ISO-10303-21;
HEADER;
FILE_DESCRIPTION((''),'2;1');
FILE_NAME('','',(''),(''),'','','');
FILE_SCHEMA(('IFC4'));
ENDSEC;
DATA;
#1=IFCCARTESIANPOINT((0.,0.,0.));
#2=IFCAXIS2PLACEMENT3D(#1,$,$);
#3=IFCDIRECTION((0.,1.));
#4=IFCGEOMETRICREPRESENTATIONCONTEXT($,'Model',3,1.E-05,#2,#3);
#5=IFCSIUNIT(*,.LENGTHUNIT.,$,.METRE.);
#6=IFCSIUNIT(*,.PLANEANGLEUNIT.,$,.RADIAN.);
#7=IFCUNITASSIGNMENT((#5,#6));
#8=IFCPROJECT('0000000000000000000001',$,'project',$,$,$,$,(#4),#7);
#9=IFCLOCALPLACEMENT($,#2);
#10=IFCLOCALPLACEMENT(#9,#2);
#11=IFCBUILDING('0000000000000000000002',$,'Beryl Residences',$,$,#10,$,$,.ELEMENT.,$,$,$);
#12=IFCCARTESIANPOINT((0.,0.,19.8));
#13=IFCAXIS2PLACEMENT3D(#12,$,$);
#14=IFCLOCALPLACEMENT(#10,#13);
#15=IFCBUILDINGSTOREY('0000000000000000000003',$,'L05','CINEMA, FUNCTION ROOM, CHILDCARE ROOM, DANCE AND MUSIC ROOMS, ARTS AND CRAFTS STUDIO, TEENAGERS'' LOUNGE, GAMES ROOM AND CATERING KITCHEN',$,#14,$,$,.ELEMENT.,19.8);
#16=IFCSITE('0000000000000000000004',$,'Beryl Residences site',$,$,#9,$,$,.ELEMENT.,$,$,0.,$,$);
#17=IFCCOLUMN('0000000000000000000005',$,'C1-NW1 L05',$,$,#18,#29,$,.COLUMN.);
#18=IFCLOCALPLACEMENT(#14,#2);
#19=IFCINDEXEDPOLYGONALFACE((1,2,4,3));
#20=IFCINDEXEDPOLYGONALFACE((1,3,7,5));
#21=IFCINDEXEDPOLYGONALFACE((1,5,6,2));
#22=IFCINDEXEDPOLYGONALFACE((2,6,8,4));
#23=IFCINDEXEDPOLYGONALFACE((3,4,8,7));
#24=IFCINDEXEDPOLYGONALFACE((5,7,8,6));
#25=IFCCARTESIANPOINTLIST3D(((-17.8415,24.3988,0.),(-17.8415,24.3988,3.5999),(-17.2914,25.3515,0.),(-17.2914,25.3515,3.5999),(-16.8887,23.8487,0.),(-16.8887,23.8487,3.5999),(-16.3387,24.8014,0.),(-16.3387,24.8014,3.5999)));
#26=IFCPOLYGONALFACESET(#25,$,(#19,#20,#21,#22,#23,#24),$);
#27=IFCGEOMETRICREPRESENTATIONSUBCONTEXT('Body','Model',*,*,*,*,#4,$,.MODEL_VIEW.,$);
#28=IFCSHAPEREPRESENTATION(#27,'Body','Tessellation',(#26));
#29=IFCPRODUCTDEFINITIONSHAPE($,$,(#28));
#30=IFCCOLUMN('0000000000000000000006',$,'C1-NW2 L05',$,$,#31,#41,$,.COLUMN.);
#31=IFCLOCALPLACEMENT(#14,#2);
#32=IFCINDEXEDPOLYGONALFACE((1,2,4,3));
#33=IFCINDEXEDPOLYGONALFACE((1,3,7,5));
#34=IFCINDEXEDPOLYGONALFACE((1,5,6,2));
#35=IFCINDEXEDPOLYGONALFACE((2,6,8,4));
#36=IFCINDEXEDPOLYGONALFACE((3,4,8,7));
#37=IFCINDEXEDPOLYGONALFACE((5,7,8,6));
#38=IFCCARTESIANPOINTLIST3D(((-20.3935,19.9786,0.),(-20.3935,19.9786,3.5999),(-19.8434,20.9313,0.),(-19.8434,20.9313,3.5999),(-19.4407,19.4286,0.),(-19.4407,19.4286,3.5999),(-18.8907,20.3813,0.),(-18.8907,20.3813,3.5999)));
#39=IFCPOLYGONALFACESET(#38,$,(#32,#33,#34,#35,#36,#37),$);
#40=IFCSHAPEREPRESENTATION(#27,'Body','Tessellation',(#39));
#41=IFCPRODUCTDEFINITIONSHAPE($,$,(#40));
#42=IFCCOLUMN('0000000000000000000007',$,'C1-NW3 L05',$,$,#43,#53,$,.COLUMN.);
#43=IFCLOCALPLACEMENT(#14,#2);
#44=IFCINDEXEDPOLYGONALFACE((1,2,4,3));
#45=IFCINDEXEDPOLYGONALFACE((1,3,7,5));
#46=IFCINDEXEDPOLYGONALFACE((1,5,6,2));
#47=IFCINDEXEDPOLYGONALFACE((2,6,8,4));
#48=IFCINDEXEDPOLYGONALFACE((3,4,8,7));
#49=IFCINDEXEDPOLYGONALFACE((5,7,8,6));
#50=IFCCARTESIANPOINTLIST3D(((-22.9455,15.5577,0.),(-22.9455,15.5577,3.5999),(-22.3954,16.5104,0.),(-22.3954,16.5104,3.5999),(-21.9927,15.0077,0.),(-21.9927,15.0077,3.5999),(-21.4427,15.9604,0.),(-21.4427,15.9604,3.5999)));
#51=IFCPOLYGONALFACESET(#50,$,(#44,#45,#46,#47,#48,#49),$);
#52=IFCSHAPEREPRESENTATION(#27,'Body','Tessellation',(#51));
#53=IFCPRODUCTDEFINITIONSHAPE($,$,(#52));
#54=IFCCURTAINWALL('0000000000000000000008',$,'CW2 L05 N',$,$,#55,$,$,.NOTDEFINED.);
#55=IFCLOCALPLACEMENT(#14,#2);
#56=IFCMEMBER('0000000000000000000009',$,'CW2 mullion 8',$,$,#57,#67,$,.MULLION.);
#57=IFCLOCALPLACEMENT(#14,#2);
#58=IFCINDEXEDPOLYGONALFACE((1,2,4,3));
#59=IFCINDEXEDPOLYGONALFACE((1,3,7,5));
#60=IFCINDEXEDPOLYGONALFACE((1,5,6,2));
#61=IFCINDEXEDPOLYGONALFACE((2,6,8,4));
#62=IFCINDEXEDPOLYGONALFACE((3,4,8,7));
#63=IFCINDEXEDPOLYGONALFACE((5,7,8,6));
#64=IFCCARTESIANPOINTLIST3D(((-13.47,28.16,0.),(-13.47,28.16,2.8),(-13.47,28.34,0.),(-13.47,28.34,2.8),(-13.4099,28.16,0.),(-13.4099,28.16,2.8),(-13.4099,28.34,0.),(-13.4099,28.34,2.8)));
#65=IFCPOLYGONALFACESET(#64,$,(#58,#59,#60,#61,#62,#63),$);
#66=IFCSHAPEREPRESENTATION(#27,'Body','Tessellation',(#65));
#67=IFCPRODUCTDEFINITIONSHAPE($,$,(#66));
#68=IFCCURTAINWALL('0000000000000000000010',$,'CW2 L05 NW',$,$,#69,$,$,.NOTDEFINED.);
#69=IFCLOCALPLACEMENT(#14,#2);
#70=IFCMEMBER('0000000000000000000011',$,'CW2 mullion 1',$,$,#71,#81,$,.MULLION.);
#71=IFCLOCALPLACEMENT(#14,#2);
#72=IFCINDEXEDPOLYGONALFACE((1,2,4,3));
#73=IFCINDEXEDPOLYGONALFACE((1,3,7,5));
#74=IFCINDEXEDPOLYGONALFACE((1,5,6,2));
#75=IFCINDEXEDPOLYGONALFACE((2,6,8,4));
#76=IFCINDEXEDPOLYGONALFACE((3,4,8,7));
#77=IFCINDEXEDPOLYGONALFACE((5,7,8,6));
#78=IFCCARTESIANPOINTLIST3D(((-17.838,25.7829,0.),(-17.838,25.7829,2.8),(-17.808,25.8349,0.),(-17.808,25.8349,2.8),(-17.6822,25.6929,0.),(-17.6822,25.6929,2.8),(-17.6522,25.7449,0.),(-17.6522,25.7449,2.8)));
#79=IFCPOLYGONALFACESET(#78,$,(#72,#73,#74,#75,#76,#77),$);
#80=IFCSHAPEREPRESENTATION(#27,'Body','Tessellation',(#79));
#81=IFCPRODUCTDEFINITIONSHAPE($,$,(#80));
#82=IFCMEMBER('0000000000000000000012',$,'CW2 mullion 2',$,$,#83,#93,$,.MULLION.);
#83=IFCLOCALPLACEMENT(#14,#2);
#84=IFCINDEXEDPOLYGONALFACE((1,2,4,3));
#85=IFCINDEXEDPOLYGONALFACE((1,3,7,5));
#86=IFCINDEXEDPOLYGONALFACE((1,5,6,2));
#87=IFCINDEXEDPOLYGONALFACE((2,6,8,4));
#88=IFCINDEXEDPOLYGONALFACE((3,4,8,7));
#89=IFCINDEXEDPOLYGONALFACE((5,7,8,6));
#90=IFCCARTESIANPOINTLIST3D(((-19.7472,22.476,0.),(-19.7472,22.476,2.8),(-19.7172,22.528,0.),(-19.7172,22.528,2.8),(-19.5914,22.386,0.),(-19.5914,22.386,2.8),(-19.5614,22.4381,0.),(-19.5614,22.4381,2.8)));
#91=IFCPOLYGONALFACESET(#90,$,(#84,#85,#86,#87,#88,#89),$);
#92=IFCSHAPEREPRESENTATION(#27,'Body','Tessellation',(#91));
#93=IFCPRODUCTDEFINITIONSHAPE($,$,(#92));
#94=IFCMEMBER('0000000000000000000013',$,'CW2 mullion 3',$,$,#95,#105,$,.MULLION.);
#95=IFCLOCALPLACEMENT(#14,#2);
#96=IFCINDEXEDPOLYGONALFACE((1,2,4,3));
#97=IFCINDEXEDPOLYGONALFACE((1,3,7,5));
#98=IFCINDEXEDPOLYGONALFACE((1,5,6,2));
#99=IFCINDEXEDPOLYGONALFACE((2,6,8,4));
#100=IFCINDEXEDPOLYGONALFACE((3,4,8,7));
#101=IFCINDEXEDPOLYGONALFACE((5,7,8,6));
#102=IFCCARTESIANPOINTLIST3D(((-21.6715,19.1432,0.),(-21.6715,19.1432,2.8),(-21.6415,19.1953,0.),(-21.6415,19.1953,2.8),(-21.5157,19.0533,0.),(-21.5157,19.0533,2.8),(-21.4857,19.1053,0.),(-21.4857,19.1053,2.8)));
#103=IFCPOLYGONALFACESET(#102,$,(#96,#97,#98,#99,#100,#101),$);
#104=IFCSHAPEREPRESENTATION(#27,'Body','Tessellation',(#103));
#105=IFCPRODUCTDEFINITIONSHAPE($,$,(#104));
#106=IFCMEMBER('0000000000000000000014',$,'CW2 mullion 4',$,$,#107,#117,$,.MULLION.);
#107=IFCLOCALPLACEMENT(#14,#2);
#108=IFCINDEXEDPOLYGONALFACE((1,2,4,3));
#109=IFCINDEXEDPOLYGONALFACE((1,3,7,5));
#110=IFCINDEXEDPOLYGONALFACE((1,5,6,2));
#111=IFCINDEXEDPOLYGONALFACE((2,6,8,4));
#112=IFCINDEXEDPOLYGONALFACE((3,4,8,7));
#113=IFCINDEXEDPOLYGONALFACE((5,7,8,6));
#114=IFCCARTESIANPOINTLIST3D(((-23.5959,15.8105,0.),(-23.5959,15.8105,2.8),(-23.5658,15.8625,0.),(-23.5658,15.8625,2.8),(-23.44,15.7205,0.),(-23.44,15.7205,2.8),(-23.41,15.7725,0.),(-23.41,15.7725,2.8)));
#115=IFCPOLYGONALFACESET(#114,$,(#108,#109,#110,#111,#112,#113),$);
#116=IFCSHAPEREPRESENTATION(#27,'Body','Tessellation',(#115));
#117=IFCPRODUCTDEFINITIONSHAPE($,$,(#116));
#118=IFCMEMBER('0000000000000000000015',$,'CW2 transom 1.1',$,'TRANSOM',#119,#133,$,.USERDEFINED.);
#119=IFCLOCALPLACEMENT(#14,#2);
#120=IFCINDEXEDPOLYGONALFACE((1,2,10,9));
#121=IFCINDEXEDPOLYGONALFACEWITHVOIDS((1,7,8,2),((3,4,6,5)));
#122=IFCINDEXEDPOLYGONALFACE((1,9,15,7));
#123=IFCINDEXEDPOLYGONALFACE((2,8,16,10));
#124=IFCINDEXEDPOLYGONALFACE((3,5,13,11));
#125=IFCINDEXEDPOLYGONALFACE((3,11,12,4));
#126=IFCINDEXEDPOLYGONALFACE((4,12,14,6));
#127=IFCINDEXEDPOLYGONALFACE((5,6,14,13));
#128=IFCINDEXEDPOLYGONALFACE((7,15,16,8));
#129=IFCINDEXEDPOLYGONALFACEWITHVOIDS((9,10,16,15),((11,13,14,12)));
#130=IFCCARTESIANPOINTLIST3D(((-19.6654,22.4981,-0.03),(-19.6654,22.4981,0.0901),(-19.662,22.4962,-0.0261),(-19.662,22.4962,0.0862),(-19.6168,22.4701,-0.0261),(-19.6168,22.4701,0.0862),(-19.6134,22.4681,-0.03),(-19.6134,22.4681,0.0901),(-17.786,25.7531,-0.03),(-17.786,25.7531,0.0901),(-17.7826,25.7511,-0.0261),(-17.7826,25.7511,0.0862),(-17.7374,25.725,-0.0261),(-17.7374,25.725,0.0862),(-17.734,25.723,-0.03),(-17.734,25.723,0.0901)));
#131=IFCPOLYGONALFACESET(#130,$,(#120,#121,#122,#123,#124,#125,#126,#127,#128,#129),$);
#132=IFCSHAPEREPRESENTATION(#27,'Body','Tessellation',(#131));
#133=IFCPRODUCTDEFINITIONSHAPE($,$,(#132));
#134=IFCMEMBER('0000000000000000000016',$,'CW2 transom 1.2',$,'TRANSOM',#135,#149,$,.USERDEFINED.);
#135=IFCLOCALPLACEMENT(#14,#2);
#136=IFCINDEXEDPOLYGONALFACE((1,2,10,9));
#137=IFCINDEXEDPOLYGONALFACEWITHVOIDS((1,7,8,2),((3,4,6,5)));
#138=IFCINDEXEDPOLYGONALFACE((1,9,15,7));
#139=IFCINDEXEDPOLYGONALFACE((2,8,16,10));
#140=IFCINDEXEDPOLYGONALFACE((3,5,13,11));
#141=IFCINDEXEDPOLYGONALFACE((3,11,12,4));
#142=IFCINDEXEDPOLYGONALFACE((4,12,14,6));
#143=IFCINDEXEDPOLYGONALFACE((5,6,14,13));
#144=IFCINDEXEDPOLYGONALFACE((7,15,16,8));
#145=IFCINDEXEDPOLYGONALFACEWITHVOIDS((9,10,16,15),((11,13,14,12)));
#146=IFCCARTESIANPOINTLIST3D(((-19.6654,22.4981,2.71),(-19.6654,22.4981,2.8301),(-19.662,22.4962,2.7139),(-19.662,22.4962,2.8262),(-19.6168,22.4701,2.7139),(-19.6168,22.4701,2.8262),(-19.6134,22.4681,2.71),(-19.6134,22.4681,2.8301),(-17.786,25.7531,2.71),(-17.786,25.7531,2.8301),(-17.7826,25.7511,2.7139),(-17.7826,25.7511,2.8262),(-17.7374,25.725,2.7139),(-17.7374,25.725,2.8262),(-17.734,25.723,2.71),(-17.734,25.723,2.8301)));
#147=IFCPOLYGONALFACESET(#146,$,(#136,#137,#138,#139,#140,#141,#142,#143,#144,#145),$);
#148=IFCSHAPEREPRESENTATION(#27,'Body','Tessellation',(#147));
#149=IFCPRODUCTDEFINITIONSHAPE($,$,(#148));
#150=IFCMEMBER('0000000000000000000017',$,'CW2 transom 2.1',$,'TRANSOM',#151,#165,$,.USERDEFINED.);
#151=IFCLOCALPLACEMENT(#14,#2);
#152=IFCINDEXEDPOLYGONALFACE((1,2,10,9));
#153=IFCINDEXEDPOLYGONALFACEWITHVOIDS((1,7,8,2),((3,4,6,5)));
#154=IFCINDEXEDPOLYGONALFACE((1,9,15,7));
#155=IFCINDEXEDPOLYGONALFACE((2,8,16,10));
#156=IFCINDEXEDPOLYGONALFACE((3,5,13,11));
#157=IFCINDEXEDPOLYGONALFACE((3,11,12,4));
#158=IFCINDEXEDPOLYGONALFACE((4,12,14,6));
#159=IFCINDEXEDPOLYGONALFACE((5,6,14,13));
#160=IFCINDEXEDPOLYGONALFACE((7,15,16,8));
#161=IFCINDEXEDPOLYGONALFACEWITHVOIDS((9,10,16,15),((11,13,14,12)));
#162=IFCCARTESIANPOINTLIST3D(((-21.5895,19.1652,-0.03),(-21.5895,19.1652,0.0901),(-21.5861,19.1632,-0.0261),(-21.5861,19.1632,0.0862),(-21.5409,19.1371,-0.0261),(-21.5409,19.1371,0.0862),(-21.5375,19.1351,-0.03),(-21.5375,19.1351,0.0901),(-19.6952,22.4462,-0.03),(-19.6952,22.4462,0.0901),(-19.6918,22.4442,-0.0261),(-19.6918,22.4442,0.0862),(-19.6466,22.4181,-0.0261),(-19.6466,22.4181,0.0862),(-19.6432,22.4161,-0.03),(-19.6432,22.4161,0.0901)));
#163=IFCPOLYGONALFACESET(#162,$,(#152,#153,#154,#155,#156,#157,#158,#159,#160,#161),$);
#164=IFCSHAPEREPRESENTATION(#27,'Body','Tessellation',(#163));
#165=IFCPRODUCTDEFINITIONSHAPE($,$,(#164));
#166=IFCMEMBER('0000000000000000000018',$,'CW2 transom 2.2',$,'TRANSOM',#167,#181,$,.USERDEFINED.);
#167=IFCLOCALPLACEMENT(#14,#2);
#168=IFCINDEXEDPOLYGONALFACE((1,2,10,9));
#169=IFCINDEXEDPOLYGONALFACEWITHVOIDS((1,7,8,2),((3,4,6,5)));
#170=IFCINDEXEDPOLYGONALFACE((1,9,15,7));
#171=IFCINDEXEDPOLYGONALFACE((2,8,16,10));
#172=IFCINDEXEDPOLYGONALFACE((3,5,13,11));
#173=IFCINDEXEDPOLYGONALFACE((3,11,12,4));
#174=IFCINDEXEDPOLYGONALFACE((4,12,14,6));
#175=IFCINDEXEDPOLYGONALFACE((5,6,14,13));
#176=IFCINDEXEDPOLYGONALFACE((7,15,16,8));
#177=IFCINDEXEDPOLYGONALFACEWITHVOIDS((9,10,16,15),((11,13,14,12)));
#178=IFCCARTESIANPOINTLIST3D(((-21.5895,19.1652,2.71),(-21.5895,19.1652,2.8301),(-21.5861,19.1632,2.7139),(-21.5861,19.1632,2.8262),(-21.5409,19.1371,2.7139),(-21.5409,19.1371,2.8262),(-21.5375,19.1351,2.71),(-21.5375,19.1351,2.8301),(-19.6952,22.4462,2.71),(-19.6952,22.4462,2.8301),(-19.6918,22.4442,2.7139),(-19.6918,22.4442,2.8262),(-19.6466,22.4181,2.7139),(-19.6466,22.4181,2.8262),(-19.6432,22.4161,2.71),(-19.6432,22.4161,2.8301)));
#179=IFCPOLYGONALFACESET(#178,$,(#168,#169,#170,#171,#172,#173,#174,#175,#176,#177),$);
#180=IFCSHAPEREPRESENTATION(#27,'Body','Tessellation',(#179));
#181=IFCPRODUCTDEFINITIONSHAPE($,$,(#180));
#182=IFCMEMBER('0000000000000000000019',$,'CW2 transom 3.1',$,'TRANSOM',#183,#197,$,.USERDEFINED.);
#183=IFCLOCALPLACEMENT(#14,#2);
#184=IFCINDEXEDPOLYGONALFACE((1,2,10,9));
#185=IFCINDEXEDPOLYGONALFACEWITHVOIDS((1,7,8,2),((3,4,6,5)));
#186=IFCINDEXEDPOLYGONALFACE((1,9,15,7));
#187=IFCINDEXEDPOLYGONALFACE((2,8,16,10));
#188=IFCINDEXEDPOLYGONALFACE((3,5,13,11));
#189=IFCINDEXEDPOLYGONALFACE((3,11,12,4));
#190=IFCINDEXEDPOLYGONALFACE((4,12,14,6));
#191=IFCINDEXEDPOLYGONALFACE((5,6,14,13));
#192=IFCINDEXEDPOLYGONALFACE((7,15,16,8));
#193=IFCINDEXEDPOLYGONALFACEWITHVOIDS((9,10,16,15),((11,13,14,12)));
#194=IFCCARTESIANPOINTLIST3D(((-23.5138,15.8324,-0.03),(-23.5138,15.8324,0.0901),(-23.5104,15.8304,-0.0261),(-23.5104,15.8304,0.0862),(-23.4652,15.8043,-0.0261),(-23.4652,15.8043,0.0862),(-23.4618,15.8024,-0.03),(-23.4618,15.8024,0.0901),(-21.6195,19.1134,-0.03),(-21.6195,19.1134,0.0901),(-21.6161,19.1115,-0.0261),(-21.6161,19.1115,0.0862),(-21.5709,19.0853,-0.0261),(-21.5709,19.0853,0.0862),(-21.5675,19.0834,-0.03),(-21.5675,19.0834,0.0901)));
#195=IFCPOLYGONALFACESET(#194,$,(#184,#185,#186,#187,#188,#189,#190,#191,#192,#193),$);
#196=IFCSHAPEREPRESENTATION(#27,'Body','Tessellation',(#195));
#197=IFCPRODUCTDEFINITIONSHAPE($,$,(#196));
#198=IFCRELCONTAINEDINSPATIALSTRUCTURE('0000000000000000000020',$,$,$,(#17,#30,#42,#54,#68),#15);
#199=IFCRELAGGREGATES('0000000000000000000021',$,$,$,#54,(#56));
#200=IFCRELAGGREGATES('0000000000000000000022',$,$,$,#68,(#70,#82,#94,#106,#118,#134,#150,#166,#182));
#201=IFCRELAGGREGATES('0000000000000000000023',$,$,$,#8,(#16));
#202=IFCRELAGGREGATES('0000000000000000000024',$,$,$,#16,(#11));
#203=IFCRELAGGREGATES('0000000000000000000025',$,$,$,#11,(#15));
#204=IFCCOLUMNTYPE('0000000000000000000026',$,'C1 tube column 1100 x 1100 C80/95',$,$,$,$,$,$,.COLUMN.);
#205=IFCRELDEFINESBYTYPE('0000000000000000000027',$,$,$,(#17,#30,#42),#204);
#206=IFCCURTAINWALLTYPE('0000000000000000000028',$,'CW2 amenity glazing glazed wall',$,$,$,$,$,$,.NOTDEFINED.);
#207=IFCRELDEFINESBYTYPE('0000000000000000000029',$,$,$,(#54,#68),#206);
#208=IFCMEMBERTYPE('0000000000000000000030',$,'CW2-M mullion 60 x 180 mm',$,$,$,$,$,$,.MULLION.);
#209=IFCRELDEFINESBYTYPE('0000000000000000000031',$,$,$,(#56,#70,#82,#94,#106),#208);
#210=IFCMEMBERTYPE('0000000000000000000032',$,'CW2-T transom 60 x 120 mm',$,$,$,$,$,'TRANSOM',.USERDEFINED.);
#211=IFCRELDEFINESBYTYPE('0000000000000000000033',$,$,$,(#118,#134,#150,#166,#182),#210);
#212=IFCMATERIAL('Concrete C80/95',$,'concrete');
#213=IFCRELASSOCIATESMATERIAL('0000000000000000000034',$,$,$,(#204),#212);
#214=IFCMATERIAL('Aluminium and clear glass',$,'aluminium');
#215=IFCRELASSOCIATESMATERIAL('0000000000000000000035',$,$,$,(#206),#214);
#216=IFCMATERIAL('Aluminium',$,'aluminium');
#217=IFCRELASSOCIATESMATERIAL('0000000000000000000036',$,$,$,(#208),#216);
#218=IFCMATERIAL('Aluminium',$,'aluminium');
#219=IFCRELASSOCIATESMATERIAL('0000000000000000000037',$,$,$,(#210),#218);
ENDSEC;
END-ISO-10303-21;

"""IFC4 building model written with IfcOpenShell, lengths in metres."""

from ifc_helpers import new_model, si_unit, direction, frame, origin, origin_2d, place, context, subcontext, project, spatial, rectangle, hollow_rectangle, extrude, material, material_profile, profile_set, type_object, element, aggregate, save


model = new_model("IFC4")

# Units and contexts
model_context = context("Model", 3, precision=1e-05, world=origin(), true_north=direction((0.0, 1.0)))
body_context = subcontext(model_context, "Body", "Model", "MODEL_VIEW")
ifc_project = project(units=[si_unit("LENGTHUNIT", "METRE"), si_unit("PLANEANGLEUNIT", "RADIAN")], contexts=[model_context])

# Site, building, storey
site_placement = place(None, origin())
site = spatial("IfcSite", under=ifc_project, at=site_placement, Name="Beryl Residences site", CompositionType="ELEMENT", RefElevation=0.0)
building_placement = place(site_placement, origin())
building = spatial("IfcBuilding", under=site, at=building_placement, Name="Beryl Residences", CompositionType="ELEMENT")
storey_placement = place(building_placement, frame((0.0, 0.0, 19.8)))
storey = spatial("IfcBuildingStorey", under=building, at=storey_placement, Name="L05", Description="CINEMA, FUNCTION ROOM, CHILDCARE ROOM, DANCE AND MUSIC ROOMS, ARTS AND CRAFTS STUDIO, TEENAGERS' LOUNGE, GAMES ROOM AND CATERING KITCHEN", CompositionType="ELEMENT", Elevation=19.8)

# Columns
ifc_material_1 = material(Name="Concrete C80/95", Category="concrete")
ifc_material_profile_1 = material_profile(ifc_material_1, rectangle(XDim=1.1001, YDim=1.1001, at=origin_2d()))
ifc_profile_set_1 = profile_set([ifc_material_profile_1], Name="Concrete C80/95")
column_type = type_object("IfcColumnType", Name="C1 tube column 1100 x 1100 C80/95", PredefinedType="COLUMN", material=ifc_profile_set_1)
for number, where, z_axis, x_axis, name in (
    (1, (-17.0901, 24.6001, 0.0), (0.0, 0.0, 1.0), (-0.499985, -0.866034, 0.0), "C1-NW1 L05"),
    (2, (-19.6421, 20.1799, 0.0), (0.0, 0.0, 1.0), (-0.499985, -0.866034, 0.0), "C1-NW2 L05"),
    (3, (-22.1941, 15.759, 0.0), (0.0, 0.0, 1.0), (-0.499985, -0.866034, 0.0), "C1-NW3 L05"),
):
    element("IfcColumn", number, at=place(storey_placement, frame(where, z_axis=z_axis, x_axis=x_axis)), inside=storey, type_object=column_type, Name=name, PredefinedType="COLUMN", context=body_context, shape_type="SweptSolid", body=[
        extrude(rectangle(XDim=1.1001, YDim=1.1001, at=origin_2d()), origin(), (0.0, 0.0, 1.0), 3.5999),
    ])

# Curtain wall, member
ifc_material_2 = material(Name="Aluminium and clear glass", Category="aluminium")
curtain_wall_type = type_object("IfcCurtainWallType", Name="CW2 amenity glazing glazed wall", PredefinedType="NOTDEFINED", material=ifc_material_2)
curtain_wall_1_placement = place(storey_placement, origin())
curtain_wall_1 = element("IfcCurtainWall", 4, at=curtain_wall_1_placement, inside=storey, type_object=curtain_wall_type, Name="CW2 L05 N", PredefinedType="NOTDEFINED")
ifc_material_3 = material(Name="Aluminium", Category="aluminium")
ifc_material_profile_2 = material_profile(ifc_material_3, rectangle(XDim=0.0601, YDim=0.1799, at=origin_2d()))
ifc_profile_set_2 = profile_set([ifc_material_profile_2], Name="Aluminium")
member_type_1 = type_object("IfcMemberType", Name="CW2-M mullion 60 x 180 mm", PredefinedType="MULLION", material=ifc_profile_set_2)
member_1_placement = place(storey_placement, frame((-13.4399, 28.25, 0.0), z_axis=(0.0, 0.0, 1.0), x_axis=(-1.0, 0.0, 0.0)))
member_1 = element("IfcMember", 5, at=member_1_placement, type_object=member_type_1, Name="CW2 mullion 8", PredefinedType="MULLION", context=body_context, shape_type="SweptSolid", body=[
    extrude(rectangle(XDim=0.0601, YDim=0.1799, at=origin_2d()), origin(), (0.0, 0.0, 1.0), 2.8),
])
aggregate(curtain_wall_1, [member_1])

# Curtain wall, members
curtain_wall_2_placement = place(storey_placement, origin())
curtain_wall_2 = element("IfcCurtainWall", 6, at=curtain_wall_2_placement, inside=storey, type_object=curtain_wall_type, Name="CW2 L05 NW", PredefinedType="NOTDEFINED")
member_2_placement = place(storey_placement, frame((-17.7451, 25.7639, 0.0), z_axis=(0.0, 0.0, 1.0), x_axis=(-0.500012, -0.866019, 0.0)))
member_2 = element("IfcMember", 7, at=member_2_placement, type_object=member_type_1, Name="CW2 mullion 1", PredefinedType="MULLION", context=body_context, shape_type="SweptSolid", body=[
    extrude(rectangle(XDim=0.0601, YDim=0.1799, at=origin_2d()), origin(), (0.0, 0.0, 1.0), 2.8),
])
member_3_placement = place(storey_placement, frame((-19.6543, 22.457, 0.0), z_axis=(0.0, 0.0, 1.0), x_axis=(-0.500012, -0.866019, 0.0)))
member_3 = element("IfcMember", 8, at=member_3_placement, type_object=member_type_1, Name="CW2 mullion 2", PredefinedType="MULLION", context=body_context, shape_type="SweptSolid", body=[
    extrude(rectangle(XDim=0.0601, YDim=0.1799, at=origin_2d()), origin(), (0.0, 0.0, 1.0), 2.8),
])
member_4_placement = place(storey_placement, frame((-21.5786, 19.1243, 0.0), z_axis=(0.0, 0.0, 1.0), x_axis=(-0.500012, -0.866019, 0.0)))
member_4 = element("IfcMember", 9, at=member_4_placement, type_object=member_type_1, Name="CW2 mullion 3", PredefinedType="MULLION", context=body_context, shape_type="SweptSolid", body=[
    extrude(rectangle(XDim=0.0601, YDim=0.1799, at=origin_2d()), origin(), (0.0, 0.0, 1.0), 2.8),
])
member_5_placement = place(storey_placement, frame((-23.5029, 15.7915, 0.0), z_axis=(0.0, 0.0, 1.0), x_axis=(-0.500012, -0.866019, 0.0)))
member_5 = element("IfcMember", 10, at=member_5_placement, type_object=member_type_1, Name="CW2 mullion 4", PredefinedType="MULLION", context=body_context, shape_type="SweptSolid", body=[
    extrude(rectangle(XDim=0.0601, YDim=0.1799, at=origin_2d()), origin(), (0.0, 0.0, 1.0), 2.8),
])
ifc_material_4 = material(Name="Aluminium", Category="aluminium")
ifc_material_profile_3 = material_profile(ifc_material_4, hollow_rectangle(XDim=0.0601, YDim=0.1201, WallThickness=0.0039, at=origin_2d()))
ifc_profile_set_3 = profile_set([ifc_material_profile_3], Name="Aluminium")
member_type_2 = type_object("IfcMemberType", Name="CW2-T transom 60 x 120 mm", ElementType="TRANSOM", PredefinedType="USERDEFINED", material=ifc_profile_set_3)
member_6_placement = place(storey_placement, frame((-17.76, 25.738, 0.03), z_axis=(-0.500037, -0.866004, 0.0), x_axis=(0.866004, -0.500037, 0.0)))
member_6 = element("IfcMember", 11, at=member_6_placement, type_object=member_type_2, Name="CW2 transom 1.1", ObjectType="TRANSOM", PredefinedType="USERDEFINED", context=body_context, shape_type="SweptSolid", body=[
    extrude(hollow_rectangle(XDim=0.0601, YDim=0.1201, WallThickness=0.0039, at=origin_2d()), origin(), (0.0, 0.0, 1.0), 3.7585),
])
member_7_placement = place(storey_placement, frame((-17.76, 25.738, 2.77), z_axis=(-0.500037, -0.866004, 0.0), x_axis=(0.866004, -0.500037, 0.0)))
member_7 = element("IfcMember", 12, at=member_7_placement, type_object=member_type_2, Name="CW2 transom 1.2", ObjectType="TRANSOM", PredefinedType="USERDEFINED", context=body_context, shape_type="SweptSolid", body=[
    extrude(hollow_rectangle(XDim=0.0601, YDim=0.1201, WallThickness=0.0039, at=origin_2d()), origin(), (0.0, 0.0, 1.0), 3.7585),
])
member_8_placement = place(storey_placement, frame((-19.6692, 22.4312, 0.03), z_axis=(-0.5, -0.866026, 0.0), x_axis=(0.866026, -0.5, 0.0)))
member_8 = element("IfcMember", 13, at=member_8_placement, type_object=member_type_2, Name="CW2 transom 2.1", ObjectType="TRANSOM", PredefinedType="USERDEFINED", context=body_context, shape_type="SweptSolid", body=[
    extrude(hollow_rectangle(XDim=0.0601, YDim=0.1201, WallThickness=0.0039, at=origin_2d()), origin(), (0.0, 0.0, 1.0), 3.7886),
])
member_9_placement = place(storey_placement, frame((-19.6692, 22.4312, 2.77), z_axis=(-0.5, -0.866026, 0.0), x_axis=(0.866026, -0.5, 0.0)))
member_9 = element("IfcMember", 14, at=member_9_placement, type_object=member_type_2, Name="CW2 transom 2.2", ObjectType="TRANSOM", PredefinedType="USERDEFINED", context=body_context, shape_type="SweptSolid", body=[
    extrude(hollow_rectangle(XDim=0.0601, YDim=0.1201, WallThickness=0.0039, at=origin_2d()), origin(), (0.0, 0.0, 1.0), 3.7886),
])
member_10_placement = place(storey_placement, frame((-21.5935, 19.0984, 0.03), z_axis=(-0.5, -0.866026, 0.0), x_axis=(0.866026, -0.5, 0.0)))
member_10 = element("IfcMember", 15, at=member_10_placement, type_object=member_type_2, Name="CW2 transom 3.1", ObjectType="TRANSOM", PredefinedType="USERDEFINED", context=body_context, shape_type="SweptSolid", body=[
    extrude(hollow_rectangle(XDim=0.0601, YDim=0.1201, WallThickness=0.0039, at=origin_2d()), origin(), (0.0, 0.0, 1.0), 3.7886),
])

aggregate(curtain_wall_2, [member_2, member_3, member_4, member_5, member_6, member_7, member_8, member_9, member_10])

save(model, "model.ifc")
